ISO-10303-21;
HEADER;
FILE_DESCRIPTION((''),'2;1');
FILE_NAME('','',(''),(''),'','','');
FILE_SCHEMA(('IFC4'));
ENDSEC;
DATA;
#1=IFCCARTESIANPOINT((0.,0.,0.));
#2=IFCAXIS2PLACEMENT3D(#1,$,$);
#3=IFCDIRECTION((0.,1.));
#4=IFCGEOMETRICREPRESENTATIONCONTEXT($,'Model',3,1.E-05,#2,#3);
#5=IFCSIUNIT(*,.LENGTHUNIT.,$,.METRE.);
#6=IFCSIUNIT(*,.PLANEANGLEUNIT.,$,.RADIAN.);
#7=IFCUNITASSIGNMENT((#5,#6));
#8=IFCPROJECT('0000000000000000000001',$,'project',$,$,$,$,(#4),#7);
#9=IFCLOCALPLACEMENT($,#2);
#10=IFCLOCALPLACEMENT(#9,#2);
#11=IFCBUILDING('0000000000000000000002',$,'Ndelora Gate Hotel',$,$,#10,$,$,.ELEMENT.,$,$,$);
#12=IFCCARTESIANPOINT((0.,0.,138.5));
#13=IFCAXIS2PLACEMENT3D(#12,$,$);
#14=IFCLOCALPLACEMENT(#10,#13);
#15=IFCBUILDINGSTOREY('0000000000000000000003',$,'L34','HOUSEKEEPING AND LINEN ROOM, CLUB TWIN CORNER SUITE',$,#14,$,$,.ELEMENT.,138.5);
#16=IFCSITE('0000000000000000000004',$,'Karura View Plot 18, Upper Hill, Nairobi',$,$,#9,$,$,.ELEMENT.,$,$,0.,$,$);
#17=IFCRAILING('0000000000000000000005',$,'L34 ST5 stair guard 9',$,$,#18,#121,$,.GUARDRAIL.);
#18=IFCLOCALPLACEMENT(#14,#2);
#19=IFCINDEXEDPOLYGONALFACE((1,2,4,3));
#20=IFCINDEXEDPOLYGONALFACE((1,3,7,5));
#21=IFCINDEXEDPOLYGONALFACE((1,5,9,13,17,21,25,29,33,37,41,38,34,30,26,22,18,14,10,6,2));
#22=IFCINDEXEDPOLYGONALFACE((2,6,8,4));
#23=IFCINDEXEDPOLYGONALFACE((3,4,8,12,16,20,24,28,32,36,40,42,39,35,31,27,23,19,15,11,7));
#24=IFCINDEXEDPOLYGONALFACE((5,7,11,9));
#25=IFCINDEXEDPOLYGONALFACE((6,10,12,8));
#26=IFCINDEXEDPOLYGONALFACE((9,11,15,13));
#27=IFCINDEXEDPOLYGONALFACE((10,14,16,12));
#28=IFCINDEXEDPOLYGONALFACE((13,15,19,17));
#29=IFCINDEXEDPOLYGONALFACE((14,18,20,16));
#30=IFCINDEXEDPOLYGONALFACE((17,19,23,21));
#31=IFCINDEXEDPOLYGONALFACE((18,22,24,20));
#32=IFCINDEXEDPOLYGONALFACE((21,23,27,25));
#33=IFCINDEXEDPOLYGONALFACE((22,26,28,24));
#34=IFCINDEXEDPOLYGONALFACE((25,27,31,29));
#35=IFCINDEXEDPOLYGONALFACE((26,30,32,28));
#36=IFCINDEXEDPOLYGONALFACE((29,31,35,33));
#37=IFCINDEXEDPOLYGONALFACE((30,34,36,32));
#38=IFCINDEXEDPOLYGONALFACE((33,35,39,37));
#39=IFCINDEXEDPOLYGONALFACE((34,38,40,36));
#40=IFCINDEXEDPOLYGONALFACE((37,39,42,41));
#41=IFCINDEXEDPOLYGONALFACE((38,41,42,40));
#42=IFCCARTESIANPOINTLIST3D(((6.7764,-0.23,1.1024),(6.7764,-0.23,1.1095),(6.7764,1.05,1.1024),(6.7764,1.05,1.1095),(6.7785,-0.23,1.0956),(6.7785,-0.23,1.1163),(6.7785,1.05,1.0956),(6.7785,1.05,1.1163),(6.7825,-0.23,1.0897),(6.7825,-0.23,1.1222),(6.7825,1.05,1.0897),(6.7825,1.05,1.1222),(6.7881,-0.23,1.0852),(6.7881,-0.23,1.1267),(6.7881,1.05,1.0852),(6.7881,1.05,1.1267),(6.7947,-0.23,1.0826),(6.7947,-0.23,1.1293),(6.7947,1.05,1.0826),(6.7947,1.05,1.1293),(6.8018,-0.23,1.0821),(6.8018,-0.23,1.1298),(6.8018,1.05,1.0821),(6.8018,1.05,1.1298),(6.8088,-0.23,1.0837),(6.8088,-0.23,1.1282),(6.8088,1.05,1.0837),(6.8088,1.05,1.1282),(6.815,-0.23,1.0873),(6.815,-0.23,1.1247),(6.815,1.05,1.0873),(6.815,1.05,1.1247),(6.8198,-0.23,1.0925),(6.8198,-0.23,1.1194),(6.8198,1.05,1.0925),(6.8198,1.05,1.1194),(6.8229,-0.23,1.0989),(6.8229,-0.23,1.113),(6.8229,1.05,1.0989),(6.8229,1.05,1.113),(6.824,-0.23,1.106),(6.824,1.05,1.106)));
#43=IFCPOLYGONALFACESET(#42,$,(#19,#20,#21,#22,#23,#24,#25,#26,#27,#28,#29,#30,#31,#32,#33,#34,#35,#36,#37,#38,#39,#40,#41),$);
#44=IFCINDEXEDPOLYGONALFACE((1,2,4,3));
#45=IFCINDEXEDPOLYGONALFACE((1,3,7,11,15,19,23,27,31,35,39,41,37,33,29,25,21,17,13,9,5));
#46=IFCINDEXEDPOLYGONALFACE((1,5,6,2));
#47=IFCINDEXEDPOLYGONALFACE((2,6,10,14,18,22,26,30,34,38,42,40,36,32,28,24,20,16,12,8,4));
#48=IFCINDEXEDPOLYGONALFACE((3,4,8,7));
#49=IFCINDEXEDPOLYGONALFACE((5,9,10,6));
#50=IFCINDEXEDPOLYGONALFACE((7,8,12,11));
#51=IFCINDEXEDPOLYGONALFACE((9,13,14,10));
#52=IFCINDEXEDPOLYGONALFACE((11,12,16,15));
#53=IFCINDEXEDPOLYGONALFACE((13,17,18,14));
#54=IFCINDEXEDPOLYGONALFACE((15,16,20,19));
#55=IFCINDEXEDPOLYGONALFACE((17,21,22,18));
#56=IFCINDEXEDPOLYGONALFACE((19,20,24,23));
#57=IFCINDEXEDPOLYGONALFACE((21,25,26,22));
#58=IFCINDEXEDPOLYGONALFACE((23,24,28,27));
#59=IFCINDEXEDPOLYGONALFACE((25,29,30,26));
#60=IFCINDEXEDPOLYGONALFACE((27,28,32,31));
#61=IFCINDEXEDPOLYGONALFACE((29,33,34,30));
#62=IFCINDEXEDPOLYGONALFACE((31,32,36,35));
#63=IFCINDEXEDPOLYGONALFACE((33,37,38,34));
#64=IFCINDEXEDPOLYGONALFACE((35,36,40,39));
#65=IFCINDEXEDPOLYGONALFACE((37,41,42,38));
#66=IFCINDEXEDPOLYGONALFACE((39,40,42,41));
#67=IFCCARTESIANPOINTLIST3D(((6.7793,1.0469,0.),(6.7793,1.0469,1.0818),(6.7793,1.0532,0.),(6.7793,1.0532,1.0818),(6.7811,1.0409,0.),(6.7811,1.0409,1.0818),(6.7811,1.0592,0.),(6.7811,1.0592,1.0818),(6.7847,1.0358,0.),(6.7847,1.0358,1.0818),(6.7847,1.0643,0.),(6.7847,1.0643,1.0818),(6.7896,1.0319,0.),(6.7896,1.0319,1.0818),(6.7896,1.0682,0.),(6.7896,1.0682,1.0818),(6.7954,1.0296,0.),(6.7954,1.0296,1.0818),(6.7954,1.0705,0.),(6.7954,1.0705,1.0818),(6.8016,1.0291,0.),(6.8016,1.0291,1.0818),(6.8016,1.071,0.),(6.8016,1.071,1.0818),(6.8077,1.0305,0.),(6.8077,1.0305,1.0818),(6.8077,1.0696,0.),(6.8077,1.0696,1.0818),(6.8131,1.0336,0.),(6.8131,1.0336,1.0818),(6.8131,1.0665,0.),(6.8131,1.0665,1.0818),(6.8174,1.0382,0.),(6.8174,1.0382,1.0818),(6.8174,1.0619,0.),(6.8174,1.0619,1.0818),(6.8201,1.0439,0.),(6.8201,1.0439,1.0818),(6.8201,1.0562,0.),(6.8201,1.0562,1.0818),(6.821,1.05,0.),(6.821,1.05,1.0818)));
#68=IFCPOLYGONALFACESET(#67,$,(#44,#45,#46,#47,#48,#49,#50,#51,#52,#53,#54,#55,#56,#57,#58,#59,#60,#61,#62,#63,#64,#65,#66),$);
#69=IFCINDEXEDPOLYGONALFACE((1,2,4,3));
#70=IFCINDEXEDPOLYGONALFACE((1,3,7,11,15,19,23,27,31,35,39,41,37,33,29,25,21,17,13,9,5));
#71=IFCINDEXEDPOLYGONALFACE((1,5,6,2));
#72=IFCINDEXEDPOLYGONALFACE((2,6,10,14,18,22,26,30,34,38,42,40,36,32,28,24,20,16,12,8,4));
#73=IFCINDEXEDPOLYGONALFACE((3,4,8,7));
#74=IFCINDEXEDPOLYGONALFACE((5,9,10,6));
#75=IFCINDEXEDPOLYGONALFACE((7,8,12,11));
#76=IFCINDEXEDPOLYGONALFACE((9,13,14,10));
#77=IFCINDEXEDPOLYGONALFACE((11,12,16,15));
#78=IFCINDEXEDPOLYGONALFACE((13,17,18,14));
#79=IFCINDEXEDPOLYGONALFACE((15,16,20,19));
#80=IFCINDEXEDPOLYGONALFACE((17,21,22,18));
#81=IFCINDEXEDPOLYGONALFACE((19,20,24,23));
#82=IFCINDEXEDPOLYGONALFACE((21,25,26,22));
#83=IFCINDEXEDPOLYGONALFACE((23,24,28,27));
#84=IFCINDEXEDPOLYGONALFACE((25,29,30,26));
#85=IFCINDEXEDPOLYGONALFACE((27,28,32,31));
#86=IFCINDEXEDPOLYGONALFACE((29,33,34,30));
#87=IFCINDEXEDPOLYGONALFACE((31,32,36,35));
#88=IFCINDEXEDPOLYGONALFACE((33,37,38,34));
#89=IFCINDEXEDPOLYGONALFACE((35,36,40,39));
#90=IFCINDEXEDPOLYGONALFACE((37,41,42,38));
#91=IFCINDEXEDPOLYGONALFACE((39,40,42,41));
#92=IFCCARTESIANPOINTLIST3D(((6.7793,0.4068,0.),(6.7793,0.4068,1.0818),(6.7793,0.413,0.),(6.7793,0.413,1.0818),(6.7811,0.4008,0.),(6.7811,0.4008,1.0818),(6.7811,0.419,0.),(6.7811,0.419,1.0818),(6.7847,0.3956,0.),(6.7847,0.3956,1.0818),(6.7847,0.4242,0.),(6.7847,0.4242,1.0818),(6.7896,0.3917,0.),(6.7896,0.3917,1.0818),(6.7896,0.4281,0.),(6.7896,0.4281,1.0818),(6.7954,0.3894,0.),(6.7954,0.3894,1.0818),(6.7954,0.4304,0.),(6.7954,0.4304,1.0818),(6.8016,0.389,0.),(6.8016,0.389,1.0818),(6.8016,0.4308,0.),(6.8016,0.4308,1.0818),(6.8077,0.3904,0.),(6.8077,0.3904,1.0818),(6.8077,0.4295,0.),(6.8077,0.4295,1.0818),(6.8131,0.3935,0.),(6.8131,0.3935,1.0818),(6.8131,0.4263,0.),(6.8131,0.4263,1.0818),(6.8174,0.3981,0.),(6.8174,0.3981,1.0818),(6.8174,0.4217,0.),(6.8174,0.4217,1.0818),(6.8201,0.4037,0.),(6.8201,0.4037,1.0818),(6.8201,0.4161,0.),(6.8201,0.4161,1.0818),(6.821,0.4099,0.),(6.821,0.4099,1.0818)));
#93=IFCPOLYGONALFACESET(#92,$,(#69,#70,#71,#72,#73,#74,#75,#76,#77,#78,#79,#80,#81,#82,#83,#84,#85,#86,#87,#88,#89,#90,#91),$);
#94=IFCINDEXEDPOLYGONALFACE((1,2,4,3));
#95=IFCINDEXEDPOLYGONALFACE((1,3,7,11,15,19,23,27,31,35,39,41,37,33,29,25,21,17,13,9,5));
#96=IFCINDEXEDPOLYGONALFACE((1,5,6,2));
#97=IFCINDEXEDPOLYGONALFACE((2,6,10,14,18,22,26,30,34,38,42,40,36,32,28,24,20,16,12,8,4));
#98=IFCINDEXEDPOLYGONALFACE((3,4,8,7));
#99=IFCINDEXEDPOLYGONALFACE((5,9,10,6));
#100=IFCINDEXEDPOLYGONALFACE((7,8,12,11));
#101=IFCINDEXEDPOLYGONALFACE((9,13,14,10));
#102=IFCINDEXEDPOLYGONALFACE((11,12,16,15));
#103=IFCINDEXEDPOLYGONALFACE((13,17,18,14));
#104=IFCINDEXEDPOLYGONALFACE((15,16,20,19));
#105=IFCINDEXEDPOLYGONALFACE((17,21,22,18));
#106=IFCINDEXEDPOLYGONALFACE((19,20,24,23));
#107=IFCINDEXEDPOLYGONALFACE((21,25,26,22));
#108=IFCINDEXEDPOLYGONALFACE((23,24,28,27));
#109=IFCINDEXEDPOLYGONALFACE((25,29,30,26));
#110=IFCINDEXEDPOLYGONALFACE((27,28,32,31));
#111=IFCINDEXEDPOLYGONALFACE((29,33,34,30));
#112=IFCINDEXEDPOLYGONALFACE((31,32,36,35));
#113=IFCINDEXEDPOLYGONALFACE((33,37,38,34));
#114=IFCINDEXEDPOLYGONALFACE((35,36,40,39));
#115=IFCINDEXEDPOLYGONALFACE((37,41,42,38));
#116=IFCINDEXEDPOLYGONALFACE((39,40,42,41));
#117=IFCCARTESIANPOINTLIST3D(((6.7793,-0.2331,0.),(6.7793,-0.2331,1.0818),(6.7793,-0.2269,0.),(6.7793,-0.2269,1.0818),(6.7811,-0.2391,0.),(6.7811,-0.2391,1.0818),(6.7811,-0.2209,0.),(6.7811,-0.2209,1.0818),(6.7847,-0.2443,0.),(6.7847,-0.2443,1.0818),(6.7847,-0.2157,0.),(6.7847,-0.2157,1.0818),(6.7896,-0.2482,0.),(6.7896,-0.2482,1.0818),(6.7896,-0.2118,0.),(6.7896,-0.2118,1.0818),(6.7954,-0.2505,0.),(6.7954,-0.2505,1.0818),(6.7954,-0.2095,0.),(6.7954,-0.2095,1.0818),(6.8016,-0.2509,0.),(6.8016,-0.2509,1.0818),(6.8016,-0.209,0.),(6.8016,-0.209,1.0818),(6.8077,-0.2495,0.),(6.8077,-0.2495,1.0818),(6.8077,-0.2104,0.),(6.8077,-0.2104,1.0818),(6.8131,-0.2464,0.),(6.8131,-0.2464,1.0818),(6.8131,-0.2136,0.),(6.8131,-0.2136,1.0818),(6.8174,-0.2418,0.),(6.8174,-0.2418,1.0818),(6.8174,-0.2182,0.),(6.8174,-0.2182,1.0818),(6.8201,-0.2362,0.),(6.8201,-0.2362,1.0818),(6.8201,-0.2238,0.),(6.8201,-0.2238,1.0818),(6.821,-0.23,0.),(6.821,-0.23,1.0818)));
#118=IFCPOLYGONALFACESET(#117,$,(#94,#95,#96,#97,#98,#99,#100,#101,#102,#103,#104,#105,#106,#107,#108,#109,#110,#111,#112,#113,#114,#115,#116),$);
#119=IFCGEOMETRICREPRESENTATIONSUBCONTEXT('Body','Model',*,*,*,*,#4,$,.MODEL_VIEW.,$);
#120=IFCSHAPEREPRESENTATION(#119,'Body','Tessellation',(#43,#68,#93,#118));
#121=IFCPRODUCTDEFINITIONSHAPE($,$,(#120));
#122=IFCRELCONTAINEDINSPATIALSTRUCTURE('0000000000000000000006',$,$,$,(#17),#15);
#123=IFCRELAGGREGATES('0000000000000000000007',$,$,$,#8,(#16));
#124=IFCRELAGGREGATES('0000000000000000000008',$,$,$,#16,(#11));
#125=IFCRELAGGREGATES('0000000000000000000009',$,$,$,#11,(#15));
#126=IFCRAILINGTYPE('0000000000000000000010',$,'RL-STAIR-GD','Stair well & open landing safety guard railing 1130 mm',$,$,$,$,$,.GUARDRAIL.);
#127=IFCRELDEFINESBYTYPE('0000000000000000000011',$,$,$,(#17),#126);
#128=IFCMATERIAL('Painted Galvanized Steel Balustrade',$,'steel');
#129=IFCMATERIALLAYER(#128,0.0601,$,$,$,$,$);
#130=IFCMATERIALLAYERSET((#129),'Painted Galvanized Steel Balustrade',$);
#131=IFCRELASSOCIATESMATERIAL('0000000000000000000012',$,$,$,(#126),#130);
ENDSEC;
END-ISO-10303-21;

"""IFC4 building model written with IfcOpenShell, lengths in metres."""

from ifc_helpers import new_model, si_unit, direction, frame, origin, origin_2d, place, context, subcontext, project, spatial, circle, extrude, material, layer, layer_set, type_object, element, save


model = new_model("IFC4")

# Units and contexts
model_context = context("Model", 3, precision=1e-05, world=origin(), true_north=direction((0.0, 1.0)))
body_context = subcontext(model_context, "Body", "Model", "MODEL_VIEW")
ifc_project = project(units=[si_unit("LENGTHUNIT", "METRE"), si_unit("PLANEANGLEUNIT", "RADIAN")], contexts=[model_context])

# Site, building, storey
site_placement = place(None, origin())
site = spatial("IfcSite", under=ifc_project, at=site_placement, Name="Karura View Plot 18, Upper Hill, Nairobi", CompositionType="ELEMENT", RefElevation=0.0)
building_placement = place(site_placement, origin())
building = spatial("IfcBuilding", under=site, at=building_placement, Name="Ndelora Gate Hotel", CompositionType="ELEMENT")
storey_placement = place(building_placement, frame((0.0, 0.0, 138.5)))
storey = spatial("IfcBuildingStorey", under=building, at=storey_placement, Name="L34", Description="HOUSEKEEPING AND LINEN ROOM, CLUB TWIN CORNER SUITE", CompositionType="ELEMENT", Elevation=138.5)

# Railing
ifc_material_1 = material(Name="Painted Galvanized Steel Balustrade", Category="steel")
ifc_layer_1 = layer(ifc_material_1, 0.0601)
ifc_layer_set_1 = layer_set([ifc_layer_1], Name="Painted Galvanized Steel Balustrade")
railing_type = type_object("IfcRailingType", Name="RL-STAIR-GD", Description="Stair well & open landing safety guard railing 1130 mm", PredefinedType="GUARDRAIL", material=ifc_layer_set_1)
for number, where, name in (
    (1, (6.8, 1.05, 0.0), "L34 ST5 stair guard 9"),
):
    element("IfcRailing", number, at=place(storey_placement, frame(where)), inside=storey, type_object=railing_type, Name=name, PredefinedType="GUARDRAIL", context=body_context, shape_type="SweptSolid", body=[
        extrude(circle(Radius=0.0239, at=origin_2d()), frame((0.0, 0.0, 1.106), z_axis=(0.0, -1.0, 0.0), x_axis=(1.0, 0.0, 0.0)), (0.0, 0.0, 1.0), 1.28),
        extrude(circle(Radius=0.021, at=origin_2d()), origin(), (0.0, 0.0, 1.0), 1.0818),
        extrude(circle(Radius=0.021, at=origin_2d()), frame((0.0, -0.6401, 0.0)), (0.0, 0.0, 1.0), 1.0818),
        extrude(circle(Radius=0.021, at=origin_2d()), frame((0.0, -1.28, 0.0)), (0.0, 0.0, 1.0), 1.0818),
    ])

save(model, "model.ifc")
